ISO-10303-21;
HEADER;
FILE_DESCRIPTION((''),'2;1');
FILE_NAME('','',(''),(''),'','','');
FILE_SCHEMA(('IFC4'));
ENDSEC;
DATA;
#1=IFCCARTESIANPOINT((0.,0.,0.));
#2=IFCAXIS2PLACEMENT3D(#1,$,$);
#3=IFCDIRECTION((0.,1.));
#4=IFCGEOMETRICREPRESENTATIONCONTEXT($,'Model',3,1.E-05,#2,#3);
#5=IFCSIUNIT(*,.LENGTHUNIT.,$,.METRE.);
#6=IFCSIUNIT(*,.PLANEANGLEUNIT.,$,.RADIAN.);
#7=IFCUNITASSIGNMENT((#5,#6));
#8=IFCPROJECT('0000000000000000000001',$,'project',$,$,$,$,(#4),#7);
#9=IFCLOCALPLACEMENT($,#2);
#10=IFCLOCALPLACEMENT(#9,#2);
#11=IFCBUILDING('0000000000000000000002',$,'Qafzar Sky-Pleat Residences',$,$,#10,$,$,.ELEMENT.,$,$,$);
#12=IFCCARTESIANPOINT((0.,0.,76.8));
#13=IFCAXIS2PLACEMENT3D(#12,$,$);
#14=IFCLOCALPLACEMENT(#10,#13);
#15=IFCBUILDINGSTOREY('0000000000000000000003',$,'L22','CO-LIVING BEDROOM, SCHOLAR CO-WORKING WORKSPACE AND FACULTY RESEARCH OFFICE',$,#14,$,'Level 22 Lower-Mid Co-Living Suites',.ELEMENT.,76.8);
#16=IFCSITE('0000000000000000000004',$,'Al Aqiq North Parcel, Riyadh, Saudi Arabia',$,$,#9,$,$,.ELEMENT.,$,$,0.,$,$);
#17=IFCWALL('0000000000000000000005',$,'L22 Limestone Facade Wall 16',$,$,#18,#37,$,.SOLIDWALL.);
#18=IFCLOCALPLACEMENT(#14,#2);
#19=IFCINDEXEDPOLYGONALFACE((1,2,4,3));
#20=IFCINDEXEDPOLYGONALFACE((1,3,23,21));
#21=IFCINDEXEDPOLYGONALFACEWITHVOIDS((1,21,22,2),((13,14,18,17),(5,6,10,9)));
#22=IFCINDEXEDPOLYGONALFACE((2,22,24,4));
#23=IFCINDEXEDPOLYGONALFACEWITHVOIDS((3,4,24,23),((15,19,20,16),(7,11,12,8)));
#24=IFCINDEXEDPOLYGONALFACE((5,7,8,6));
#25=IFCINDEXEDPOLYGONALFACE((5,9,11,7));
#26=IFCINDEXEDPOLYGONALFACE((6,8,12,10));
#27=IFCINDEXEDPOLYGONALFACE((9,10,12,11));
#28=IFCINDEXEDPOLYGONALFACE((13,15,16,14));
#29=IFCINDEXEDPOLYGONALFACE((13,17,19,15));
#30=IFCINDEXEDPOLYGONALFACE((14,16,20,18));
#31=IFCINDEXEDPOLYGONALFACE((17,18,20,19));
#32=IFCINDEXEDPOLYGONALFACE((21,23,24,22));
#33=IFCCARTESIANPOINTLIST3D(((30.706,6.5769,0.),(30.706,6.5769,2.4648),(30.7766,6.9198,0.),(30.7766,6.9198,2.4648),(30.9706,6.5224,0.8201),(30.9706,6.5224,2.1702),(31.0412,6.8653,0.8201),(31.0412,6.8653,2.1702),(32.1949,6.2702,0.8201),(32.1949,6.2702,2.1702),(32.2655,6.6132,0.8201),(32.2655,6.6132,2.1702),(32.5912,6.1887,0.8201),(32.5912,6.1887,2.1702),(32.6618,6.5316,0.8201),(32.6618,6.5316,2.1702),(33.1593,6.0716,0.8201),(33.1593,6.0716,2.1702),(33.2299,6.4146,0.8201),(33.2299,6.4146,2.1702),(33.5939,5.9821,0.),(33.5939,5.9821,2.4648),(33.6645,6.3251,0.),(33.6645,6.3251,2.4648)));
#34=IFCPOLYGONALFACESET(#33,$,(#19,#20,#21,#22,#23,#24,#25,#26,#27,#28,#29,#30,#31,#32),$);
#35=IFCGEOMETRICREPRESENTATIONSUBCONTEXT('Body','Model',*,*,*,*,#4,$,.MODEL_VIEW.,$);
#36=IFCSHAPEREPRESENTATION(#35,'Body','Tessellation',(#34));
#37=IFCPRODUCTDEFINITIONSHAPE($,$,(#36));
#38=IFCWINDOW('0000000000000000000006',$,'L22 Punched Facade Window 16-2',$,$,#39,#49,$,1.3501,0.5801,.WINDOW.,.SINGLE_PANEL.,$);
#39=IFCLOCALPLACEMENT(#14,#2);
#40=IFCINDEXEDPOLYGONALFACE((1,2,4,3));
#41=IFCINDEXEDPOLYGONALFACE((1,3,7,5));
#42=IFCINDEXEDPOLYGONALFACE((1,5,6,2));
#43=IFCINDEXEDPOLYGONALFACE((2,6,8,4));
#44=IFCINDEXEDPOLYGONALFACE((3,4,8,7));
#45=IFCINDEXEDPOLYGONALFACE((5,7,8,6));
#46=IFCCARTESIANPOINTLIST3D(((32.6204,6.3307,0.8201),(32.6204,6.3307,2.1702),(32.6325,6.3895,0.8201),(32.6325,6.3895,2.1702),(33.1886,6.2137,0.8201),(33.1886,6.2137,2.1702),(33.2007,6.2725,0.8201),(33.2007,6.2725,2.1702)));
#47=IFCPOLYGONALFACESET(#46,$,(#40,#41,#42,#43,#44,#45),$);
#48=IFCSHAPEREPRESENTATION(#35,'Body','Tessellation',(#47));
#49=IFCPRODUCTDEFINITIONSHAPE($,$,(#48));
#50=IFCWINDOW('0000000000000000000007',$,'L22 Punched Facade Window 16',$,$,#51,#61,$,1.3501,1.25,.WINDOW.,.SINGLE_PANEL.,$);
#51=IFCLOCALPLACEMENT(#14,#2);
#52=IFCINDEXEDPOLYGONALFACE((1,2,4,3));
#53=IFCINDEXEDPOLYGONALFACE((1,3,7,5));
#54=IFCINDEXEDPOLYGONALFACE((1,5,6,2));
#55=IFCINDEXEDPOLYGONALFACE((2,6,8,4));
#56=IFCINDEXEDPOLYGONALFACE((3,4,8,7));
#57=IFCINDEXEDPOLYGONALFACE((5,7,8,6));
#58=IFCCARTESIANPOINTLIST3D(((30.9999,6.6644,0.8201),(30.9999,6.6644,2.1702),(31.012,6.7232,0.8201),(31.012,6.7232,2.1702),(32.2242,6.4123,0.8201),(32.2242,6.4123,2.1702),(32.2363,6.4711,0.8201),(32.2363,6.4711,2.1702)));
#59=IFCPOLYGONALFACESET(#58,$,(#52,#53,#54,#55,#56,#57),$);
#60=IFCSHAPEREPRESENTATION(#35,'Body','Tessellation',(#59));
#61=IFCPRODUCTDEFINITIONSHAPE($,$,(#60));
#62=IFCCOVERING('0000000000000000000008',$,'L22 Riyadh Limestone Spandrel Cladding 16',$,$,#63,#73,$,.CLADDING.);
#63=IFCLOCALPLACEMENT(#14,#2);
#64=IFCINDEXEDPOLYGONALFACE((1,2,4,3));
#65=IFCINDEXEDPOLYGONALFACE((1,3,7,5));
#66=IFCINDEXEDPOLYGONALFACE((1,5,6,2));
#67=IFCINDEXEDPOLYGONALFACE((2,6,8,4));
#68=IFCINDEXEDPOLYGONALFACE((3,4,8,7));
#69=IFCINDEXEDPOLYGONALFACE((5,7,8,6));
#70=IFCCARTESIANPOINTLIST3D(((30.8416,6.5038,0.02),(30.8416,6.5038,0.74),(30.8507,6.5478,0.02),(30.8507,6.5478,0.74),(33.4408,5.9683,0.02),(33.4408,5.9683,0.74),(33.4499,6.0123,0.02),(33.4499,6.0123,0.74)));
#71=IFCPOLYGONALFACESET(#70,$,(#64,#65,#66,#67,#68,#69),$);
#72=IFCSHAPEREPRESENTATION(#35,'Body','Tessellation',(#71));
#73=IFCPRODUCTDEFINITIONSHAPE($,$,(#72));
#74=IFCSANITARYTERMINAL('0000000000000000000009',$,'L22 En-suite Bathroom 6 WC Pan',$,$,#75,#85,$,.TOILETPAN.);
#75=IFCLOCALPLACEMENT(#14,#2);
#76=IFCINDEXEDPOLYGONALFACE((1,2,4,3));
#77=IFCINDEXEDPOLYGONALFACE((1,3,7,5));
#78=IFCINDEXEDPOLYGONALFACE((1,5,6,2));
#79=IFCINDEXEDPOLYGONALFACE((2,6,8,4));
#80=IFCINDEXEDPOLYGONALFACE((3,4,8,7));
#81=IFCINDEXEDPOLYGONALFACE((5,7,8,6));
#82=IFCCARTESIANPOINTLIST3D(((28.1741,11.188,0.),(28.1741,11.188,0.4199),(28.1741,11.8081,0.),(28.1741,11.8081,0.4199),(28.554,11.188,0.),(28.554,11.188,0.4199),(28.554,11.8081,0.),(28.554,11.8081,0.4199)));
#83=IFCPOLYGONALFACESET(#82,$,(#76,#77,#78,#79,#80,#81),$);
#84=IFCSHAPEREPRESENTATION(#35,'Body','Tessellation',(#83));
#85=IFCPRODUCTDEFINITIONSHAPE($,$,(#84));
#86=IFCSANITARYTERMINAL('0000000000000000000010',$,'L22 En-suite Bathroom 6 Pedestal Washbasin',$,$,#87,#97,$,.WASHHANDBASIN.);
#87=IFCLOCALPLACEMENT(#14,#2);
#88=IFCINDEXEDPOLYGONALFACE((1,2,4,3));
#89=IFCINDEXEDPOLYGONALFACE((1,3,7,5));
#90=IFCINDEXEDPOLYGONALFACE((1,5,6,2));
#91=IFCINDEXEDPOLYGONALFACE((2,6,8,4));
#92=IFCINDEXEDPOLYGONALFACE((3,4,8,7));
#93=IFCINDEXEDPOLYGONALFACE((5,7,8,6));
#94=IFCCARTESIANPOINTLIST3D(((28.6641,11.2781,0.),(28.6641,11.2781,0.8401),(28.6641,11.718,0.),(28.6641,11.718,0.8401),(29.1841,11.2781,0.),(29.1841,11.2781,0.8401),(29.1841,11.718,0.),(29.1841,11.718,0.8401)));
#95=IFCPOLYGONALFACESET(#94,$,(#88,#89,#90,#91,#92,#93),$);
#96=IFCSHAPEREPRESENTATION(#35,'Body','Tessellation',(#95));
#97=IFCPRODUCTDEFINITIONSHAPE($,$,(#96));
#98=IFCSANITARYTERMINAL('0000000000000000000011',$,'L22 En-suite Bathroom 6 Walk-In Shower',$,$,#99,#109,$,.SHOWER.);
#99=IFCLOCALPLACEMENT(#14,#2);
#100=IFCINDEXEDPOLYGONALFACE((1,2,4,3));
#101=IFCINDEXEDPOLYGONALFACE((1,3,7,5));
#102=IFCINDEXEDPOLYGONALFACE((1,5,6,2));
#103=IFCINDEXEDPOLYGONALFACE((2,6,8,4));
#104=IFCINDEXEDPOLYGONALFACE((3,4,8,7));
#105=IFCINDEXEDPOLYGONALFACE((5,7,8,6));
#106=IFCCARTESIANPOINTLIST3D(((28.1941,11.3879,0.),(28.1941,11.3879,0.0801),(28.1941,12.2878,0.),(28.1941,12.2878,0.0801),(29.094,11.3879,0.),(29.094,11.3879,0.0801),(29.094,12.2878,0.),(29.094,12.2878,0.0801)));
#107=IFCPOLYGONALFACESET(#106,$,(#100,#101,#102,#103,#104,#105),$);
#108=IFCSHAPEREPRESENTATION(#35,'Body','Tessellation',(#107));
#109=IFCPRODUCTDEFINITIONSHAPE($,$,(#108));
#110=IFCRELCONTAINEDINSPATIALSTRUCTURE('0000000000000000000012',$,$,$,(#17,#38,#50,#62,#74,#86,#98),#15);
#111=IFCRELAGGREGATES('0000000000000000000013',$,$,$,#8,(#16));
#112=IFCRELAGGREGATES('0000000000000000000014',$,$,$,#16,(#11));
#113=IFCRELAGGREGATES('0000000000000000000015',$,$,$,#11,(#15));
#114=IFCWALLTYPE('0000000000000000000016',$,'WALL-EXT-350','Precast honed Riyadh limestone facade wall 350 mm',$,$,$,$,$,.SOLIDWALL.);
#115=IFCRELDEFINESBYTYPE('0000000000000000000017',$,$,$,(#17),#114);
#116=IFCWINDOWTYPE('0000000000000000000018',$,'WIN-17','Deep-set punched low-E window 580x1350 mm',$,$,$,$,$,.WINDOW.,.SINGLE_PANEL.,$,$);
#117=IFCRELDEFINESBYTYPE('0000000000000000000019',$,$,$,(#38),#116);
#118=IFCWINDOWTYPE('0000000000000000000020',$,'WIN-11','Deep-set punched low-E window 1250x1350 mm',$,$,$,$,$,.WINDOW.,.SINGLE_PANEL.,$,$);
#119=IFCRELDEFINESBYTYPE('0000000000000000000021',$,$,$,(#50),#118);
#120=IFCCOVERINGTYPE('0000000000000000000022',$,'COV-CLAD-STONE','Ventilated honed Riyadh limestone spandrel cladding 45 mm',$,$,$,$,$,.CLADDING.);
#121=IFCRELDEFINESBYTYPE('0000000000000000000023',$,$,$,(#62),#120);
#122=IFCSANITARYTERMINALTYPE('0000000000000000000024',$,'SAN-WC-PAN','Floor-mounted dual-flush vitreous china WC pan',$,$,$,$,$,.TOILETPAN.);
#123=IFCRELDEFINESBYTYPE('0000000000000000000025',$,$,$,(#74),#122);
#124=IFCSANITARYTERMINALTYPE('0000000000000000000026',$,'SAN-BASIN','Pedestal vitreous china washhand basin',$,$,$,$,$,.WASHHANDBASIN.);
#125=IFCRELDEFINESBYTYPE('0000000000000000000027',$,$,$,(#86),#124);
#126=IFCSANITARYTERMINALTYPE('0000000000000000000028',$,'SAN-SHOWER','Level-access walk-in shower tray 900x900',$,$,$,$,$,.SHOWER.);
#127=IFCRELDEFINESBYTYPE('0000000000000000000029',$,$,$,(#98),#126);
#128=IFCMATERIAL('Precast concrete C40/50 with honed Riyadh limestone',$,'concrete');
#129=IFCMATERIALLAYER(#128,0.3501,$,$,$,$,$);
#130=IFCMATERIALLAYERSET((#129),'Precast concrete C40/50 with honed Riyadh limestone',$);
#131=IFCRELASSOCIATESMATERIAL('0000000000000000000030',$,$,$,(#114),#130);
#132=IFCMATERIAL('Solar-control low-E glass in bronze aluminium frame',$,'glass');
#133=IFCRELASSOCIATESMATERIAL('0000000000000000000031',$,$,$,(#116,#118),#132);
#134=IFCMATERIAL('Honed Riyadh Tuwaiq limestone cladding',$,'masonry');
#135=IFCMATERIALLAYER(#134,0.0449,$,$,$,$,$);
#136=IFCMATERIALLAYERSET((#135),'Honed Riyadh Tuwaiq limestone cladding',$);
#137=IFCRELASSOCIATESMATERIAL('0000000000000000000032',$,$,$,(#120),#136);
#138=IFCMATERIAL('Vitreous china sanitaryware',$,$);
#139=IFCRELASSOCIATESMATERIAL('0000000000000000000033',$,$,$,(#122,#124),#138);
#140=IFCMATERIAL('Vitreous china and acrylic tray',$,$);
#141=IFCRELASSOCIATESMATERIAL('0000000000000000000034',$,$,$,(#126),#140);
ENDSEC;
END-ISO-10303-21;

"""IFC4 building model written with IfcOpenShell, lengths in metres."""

from ifc_helpers import new_model, si_unit, direction, frame, frame_2d, origin, origin_2d, place, context, subcontext, project, spatial, rectangle, extrude, source, transform, mapped, material, layer, layer_set, type_object, element, fill, save


model = new_model("IFC4")

# Units and contexts
model_context = context("Model", 3, precision=1e-05, world=origin(), true_north=direction((0.0, 1.0)))
body_context = subcontext(model_context, "Body", "Model", "MODEL_VIEW")
ifc_project = project(units=[si_unit("LENGTHUNIT", "METRE"), si_unit("PLANEANGLEUNIT", "RADIAN")], contexts=[model_context])

# Site, building, storey
site_placement = place(None, origin())
site = spatial("IfcSite", under=ifc_project, at=site_placement, Name="Al Aqiq North Parcel, Riyadh, Saudi Arabia", CompositionType="ELEMENT", RefElevation=0.0)
building_placement = place(site_placement, origin())
building = spatial("IfcBuilding", under=site, at=building_placement, Name="Qafzar Sky-Pleat Residences", CompositionType="ELEMENT")
storey_placement = place(building_placement, frame((0.0, 0.0, 76.8)))
storey = spatial("IfcBuildingStorey", under=building, at=storey_placement, Name="L22", Description="CO-LIVING BEDROOM, SCHOLAR CO-WORKING WORKSPACE AND FACULTY RESEARCH OFFICE", LongName="Level 22 Lower-Mid Co-Living Suites", CompositionType="ELEMENT", Elevation=76.8)

# Shared definitions
ifc_material_1 = material(Name="Precast concrete C40/50 with honed Riyadh limestone", Category="concrete")
ifc_layer_1 = layer(ifc_material_1, 0.3501)
ifc_layer_set_1 = layer_set([ifc_layer_1], Name="Precast concrete C40/50 with honed Riyadh limestone")
wall_type_1 = type_object("IfcWallType", Name="WALL-EXT-350", Description="Precast honed Riyadh limestone facade wall 350 mm", PredefinedType="SOLIDWALL", material=ifc_layer_set_1)
ifc_material_2 = material(Name="Solar-control low-E glass in bronze aluminium frame", Category="glass")

# Wall, openings, windows
wall_1_placement = place(storey_placement, frame((30.7415, 6.7483, 0.0), z_axis=(0.0, 0.0, 1.0), x_axis=(0.979447, -0.201702, 0.0)))
wall_1 = element("IfcWall", 1, at=wall_1_placement, inside=storey, type_object=wall_type_1, Name="L22 Limestone Facade Wall 16", PredefinedType="SOLIDWALL", context=body_context, shape_type="SweptSolid", body=[
    extrude(rectangle(XDim=2.9485, YDim=0.3501, at=frame_2d((1.4741, 0.0))), origin(), (0.0, 0.0, 1.0), 2.4648),
])
opening_1_placement = place(wall_1_placement, frame((0.27, 0.0, 0.8201)))
opening_1 = element("IfcOpeningElement", 2, at=opening_1_placement, cuts=wall_1, PredefinedType="OPENING", context=body_context, shape_type="SweptSolid", body=[
    extrude(rectangle(XDim=1.25, YDim=1.3501, at=frame_2d((0.625, 0.675))), frame((0.0, 0.1851, 0.0), z_axis=(0.0, -1.0, 0.0), x_axis=(1.0, 0.0, 0.0)), (0.0, 0.0, 1.0), 0.3701),
])
opening_2_placement = place(wall_1_placement, frame((1.9246, 0.0, 0.8201)))
opening_2 = element("IfcOpeningElement", 3, at=opening_2_placement, cuts=wall_1, PredefinedType="OPENING", context=body_context, shape_type="SweptSolid", body=[
    extrude(rectangle(XDim=0.5801, YDim=1.3501, at=frame_2d((0.29, 0.675))), frame((0.0, 0.1851, 0.0), z_axis=(0.0, -1.0, 0.0), x_axis=(1.0, 0.0, 0.0)), (0.0, 0.0, 1.0), 0.3701),
])
window_type_1 = type_object("IfcWindowType", Name="WIN-17", Description="Deep-set punched low-E window 580x1350 mm", PartitioningType="SINGLE_PANEL", PredefinedType="WINDOW", material=ifc_material_2)
shared_shape_1 = source(origin(), body_context, "Body", "SweptSolid", [
    extrude(rectangle(XDim=0.5801, YDim=1.3501, at=frame_2d((0.29, 0.675))), frame((0.0, 0.03, 0.0), z_axis=(0.0, -1.0, 0.0), x_axis=(1.0, 0.0, 0.0)), (0.0, 0.0, 1.0), 0.0601),
])
window_1_placement = place(opening_2_placement, origin())
window_1 = element("IfcWindow", 4, at=window_1_placement, inside=storey, type_object=window_type_1, Name="L22 Punched Facade Window 16-2", OverallHeight=1.3501, OverallWidth=0.5801, PartitioningType="SINGLE_PANEL", PredefinedType="WINDOW", context=body_context, shape_type="MappedRepresentation", body=[
    mapped(shared_shape_1, transform((0.0, 0.0, 0.0), x_axis=(1.0, 0.0, 0.0), y_axis=(0.0, 1.0, 0.0), z_axis=(0.0, 0.0, 1.0), scale=1.0)),
])
fill(opening_2, window_1)
window_type_2 = type_object("IfcWindowType", Name="WIN-11", Description="Deep-set punched low-E window 1250x1350 mm", PartitioningType="SINGLE_PANEL", PredefinedType="WINDOW", material=ifc_material_2)
shared_shape_2 = source(origin(), body_context, "Body", "SweptSolid", [
    extrude(rectangle(XDim=1.25, YDim=1.3501, at=frame_2d((0.625, 0.675))), frame((0.0, 0.03, 0.0), z_axis=(0.0, -1.0, 0.0), x_axis=(1.0, 0.0, 0.0)), (0.0, 0.0, 1.0), 0.0601),
])
window_2_placement = place(opening_1_placement, origin())
window_2 = element("IfcWindow", 5, at=window_2_placement, inside=storey, type_object=window_type_2, Name="L22 Punched Facade Window 16", OverallHeight=1.3501, OverallWidth=1.25, PartitioningType="SINGLE_PANEL", PredefinedType="WINDOW", context=body_context, shape_type="MappedRepresentation", body=[
    mapped(shared_shape_2, transform((0.0, 0.0, 0.0), x_axis=(1.0, 0.0, 0.0), y_axis=(0.0, 1.0, 0.0), z_axis=(0.0, 0.0, 1.0), scale=1.0)),
])
fill(opening_1, window_2)

# Covering
ifc_material_3 = material(Name="Honed Riyadh Tuwaiq limestone cladding", Category="masonry")
ifc_layer_2 = layer(ifc_material_3, 0.0449)
ifc_layer_set_2 = layer_set([ifc_layer_2], Name="Honed Riyadh Tuwaiq limestone cladding")
covering_type = type_object("IfcCoveringType", Name="COV-CLAD-STONE", Description="Ventilated honed Riyadh limestone spandrel cladding 45 mm", PredefinedType="CLADDING", material=ifc_layer_set_2)
shared_shape_3 = source(origin(), body_context, "Body", "SweptSolid", [
    extrude(rectangle(XDim=2.6538, YDim=0.0449, at=origin_2d()), origin(), (0.0, 0.0, 1.0), 0.72),
])
covering_placement = place(storey_placement, frame((32.1458, 6.2581, 0.02), z_axis=(0.0, 0.0, 1.0), x_axis=(0.979436, -0.201754, 0.0)))
element("IfcCovering", 6, at=covering_placement, inside=storey, type_object=covering_type, Name="L22 Riyadh Limestone Spandrel Cladding 16", PredefinedType="CLADDING", context=body_context, shape_type="MappedRepresentation", body=[
    mapped(shared_shape_3, transform((0.0, 0.0, 0.0), x_axis=(1.0, 0.0, 0.0), y_axis=(0.0, 1.0, 0.0), z_axis=(0.0, 0.0, 1.0), scale=1.0)),
])

# Sanitary terminals
ifc_material_4 = material(Name="Vitreous china sanitaryware")
sanitary_terminal_type_1 = type_object("IfcSanitaryTerminalType", Name="SAN-WC-PAN", Description="Floor-mounted dual-flush vitreous china WC pan", PredefinedType="TOILETPAN", material=ifc_material_4)
shared_shape_4 = source(origin(), body_context, "Body", "SweptSolid", [
    extrude(rectangle(XDim=0.3799, YDim=0.6201, at=origin_2d()), origin(), (0.0, 0.0, 1.0), 0.4199),
])
sanitary_terminal_1_placement = place(storey_placement, frame((28.364, 11.498, 0.0), z_axis=(0.0, 0.0, 1.0), x_axis=(1.0, 0.0, 0.0)))
element("IfcSanitaryTerminal", 7, at=sanitary_terminal_1_placement, inside=storey, type_object=sanitary_terminal_type_1, Name="L22 En-suite Bathroom 6 WC Pan", PredefinedType="TOILETPAN", context=body_context, shape_type="MappedRepresentation", body=[
    mapped(shared_shape_4, transform((0.0, 0.0, 0.0), x_axis=(1.0, 0.0, 0.0), y_axis=(0.0, 1.0, 0.0), z_axis=(0.0, 0.0, 1.0), scale=1.0)),
])
sanitary_terminal_type_2 = type_object("IfcSanitaryTerminalType", Name="SAN-BASIN", Description="Pedestal vitreous china washhand basin", PredefinedType="WASHHANDBASIN", material=ifc_material_4)
shared_shape_5 = source(origin(), body_context, "Body", "SweptSolid", [
    extrude(rectangle(XDim=0.52, YDim=0.4399, at=origin_2d()), origin(), (0.0, 0.0, 1.0), 0.8401),
])
sanitary_terminal_2_placement = place(storey_placement, frame((28.9241, 11.498, 0.0), z_axis=(0.0, 0.0, 1.0), x_axis=(1.0, 0.0, 0.0)))
element("IfcSanitaryTerminal", 8, at=sanitary_terminal_2_placement, inside=storey, type_object=sanitary_terminal_type_2, Name="L22 En-suite Bathroom 6 Pedestal Washbasin", PredefinedType="WASHHANDBASIN", context=body_context, shape_type="MappedRepresentation", body=[
    mapped(shared_shape_5, transform((0.0, 0.0, 0.0), x_axis=(1.0, 0.0, 0.0), y_axis=(0.0, 1.0, 0.0), z_axis=(0.0, 0.0, 1.0), scale=1.0)),
])
ifc_material_5 = material(Name="Vitreous china and acrylic tray")
sanitary_terminal_type_3 = type_object("IfcSanitaryTerminalType", Name="SAN-SHOWER", Description="Level-access walk-in shower tray 900x900", PredefinedType="SHOWER", material=ifc_material_5)
shared_shape_6 = source(origin(), body_context, "Body", "SweptSolid", [
    extrude(rectangle(XDim=0.8999, YDim=0.8999, at=origin_2d()), origin(), (0.0, 0.0, 1.0), 0.0801),
])
sanitary_terminal_3_placement = place(storey_placement, frame((28.644, 11.8379, 0.0), z_axis=(0.0, 0.0, 1.0), x_axis=(1.0, 0.0, 0.0)))
element("IfcSanitaryTerminal", 9, at=sanitary_terminal_3_placement, inside=storey, type_object=sanitary_terminal_type_3, Name="L22 En-suite Bathroom 6 Walk-In Shower", PredefinedType="SHOWER", context=body_context, shape_type="MappedRepresentation", body=[
    mapped(shared_shape_6, transform((0.0, 0.0, 0.0), x_axis=(1.0, 0.0, 0.0), y_axis=(0.0, 1.0, 0.0), z_axis=(0.0, 0.0, 1.0), scale=1.0)),
])

save(model, "model.ifc")
